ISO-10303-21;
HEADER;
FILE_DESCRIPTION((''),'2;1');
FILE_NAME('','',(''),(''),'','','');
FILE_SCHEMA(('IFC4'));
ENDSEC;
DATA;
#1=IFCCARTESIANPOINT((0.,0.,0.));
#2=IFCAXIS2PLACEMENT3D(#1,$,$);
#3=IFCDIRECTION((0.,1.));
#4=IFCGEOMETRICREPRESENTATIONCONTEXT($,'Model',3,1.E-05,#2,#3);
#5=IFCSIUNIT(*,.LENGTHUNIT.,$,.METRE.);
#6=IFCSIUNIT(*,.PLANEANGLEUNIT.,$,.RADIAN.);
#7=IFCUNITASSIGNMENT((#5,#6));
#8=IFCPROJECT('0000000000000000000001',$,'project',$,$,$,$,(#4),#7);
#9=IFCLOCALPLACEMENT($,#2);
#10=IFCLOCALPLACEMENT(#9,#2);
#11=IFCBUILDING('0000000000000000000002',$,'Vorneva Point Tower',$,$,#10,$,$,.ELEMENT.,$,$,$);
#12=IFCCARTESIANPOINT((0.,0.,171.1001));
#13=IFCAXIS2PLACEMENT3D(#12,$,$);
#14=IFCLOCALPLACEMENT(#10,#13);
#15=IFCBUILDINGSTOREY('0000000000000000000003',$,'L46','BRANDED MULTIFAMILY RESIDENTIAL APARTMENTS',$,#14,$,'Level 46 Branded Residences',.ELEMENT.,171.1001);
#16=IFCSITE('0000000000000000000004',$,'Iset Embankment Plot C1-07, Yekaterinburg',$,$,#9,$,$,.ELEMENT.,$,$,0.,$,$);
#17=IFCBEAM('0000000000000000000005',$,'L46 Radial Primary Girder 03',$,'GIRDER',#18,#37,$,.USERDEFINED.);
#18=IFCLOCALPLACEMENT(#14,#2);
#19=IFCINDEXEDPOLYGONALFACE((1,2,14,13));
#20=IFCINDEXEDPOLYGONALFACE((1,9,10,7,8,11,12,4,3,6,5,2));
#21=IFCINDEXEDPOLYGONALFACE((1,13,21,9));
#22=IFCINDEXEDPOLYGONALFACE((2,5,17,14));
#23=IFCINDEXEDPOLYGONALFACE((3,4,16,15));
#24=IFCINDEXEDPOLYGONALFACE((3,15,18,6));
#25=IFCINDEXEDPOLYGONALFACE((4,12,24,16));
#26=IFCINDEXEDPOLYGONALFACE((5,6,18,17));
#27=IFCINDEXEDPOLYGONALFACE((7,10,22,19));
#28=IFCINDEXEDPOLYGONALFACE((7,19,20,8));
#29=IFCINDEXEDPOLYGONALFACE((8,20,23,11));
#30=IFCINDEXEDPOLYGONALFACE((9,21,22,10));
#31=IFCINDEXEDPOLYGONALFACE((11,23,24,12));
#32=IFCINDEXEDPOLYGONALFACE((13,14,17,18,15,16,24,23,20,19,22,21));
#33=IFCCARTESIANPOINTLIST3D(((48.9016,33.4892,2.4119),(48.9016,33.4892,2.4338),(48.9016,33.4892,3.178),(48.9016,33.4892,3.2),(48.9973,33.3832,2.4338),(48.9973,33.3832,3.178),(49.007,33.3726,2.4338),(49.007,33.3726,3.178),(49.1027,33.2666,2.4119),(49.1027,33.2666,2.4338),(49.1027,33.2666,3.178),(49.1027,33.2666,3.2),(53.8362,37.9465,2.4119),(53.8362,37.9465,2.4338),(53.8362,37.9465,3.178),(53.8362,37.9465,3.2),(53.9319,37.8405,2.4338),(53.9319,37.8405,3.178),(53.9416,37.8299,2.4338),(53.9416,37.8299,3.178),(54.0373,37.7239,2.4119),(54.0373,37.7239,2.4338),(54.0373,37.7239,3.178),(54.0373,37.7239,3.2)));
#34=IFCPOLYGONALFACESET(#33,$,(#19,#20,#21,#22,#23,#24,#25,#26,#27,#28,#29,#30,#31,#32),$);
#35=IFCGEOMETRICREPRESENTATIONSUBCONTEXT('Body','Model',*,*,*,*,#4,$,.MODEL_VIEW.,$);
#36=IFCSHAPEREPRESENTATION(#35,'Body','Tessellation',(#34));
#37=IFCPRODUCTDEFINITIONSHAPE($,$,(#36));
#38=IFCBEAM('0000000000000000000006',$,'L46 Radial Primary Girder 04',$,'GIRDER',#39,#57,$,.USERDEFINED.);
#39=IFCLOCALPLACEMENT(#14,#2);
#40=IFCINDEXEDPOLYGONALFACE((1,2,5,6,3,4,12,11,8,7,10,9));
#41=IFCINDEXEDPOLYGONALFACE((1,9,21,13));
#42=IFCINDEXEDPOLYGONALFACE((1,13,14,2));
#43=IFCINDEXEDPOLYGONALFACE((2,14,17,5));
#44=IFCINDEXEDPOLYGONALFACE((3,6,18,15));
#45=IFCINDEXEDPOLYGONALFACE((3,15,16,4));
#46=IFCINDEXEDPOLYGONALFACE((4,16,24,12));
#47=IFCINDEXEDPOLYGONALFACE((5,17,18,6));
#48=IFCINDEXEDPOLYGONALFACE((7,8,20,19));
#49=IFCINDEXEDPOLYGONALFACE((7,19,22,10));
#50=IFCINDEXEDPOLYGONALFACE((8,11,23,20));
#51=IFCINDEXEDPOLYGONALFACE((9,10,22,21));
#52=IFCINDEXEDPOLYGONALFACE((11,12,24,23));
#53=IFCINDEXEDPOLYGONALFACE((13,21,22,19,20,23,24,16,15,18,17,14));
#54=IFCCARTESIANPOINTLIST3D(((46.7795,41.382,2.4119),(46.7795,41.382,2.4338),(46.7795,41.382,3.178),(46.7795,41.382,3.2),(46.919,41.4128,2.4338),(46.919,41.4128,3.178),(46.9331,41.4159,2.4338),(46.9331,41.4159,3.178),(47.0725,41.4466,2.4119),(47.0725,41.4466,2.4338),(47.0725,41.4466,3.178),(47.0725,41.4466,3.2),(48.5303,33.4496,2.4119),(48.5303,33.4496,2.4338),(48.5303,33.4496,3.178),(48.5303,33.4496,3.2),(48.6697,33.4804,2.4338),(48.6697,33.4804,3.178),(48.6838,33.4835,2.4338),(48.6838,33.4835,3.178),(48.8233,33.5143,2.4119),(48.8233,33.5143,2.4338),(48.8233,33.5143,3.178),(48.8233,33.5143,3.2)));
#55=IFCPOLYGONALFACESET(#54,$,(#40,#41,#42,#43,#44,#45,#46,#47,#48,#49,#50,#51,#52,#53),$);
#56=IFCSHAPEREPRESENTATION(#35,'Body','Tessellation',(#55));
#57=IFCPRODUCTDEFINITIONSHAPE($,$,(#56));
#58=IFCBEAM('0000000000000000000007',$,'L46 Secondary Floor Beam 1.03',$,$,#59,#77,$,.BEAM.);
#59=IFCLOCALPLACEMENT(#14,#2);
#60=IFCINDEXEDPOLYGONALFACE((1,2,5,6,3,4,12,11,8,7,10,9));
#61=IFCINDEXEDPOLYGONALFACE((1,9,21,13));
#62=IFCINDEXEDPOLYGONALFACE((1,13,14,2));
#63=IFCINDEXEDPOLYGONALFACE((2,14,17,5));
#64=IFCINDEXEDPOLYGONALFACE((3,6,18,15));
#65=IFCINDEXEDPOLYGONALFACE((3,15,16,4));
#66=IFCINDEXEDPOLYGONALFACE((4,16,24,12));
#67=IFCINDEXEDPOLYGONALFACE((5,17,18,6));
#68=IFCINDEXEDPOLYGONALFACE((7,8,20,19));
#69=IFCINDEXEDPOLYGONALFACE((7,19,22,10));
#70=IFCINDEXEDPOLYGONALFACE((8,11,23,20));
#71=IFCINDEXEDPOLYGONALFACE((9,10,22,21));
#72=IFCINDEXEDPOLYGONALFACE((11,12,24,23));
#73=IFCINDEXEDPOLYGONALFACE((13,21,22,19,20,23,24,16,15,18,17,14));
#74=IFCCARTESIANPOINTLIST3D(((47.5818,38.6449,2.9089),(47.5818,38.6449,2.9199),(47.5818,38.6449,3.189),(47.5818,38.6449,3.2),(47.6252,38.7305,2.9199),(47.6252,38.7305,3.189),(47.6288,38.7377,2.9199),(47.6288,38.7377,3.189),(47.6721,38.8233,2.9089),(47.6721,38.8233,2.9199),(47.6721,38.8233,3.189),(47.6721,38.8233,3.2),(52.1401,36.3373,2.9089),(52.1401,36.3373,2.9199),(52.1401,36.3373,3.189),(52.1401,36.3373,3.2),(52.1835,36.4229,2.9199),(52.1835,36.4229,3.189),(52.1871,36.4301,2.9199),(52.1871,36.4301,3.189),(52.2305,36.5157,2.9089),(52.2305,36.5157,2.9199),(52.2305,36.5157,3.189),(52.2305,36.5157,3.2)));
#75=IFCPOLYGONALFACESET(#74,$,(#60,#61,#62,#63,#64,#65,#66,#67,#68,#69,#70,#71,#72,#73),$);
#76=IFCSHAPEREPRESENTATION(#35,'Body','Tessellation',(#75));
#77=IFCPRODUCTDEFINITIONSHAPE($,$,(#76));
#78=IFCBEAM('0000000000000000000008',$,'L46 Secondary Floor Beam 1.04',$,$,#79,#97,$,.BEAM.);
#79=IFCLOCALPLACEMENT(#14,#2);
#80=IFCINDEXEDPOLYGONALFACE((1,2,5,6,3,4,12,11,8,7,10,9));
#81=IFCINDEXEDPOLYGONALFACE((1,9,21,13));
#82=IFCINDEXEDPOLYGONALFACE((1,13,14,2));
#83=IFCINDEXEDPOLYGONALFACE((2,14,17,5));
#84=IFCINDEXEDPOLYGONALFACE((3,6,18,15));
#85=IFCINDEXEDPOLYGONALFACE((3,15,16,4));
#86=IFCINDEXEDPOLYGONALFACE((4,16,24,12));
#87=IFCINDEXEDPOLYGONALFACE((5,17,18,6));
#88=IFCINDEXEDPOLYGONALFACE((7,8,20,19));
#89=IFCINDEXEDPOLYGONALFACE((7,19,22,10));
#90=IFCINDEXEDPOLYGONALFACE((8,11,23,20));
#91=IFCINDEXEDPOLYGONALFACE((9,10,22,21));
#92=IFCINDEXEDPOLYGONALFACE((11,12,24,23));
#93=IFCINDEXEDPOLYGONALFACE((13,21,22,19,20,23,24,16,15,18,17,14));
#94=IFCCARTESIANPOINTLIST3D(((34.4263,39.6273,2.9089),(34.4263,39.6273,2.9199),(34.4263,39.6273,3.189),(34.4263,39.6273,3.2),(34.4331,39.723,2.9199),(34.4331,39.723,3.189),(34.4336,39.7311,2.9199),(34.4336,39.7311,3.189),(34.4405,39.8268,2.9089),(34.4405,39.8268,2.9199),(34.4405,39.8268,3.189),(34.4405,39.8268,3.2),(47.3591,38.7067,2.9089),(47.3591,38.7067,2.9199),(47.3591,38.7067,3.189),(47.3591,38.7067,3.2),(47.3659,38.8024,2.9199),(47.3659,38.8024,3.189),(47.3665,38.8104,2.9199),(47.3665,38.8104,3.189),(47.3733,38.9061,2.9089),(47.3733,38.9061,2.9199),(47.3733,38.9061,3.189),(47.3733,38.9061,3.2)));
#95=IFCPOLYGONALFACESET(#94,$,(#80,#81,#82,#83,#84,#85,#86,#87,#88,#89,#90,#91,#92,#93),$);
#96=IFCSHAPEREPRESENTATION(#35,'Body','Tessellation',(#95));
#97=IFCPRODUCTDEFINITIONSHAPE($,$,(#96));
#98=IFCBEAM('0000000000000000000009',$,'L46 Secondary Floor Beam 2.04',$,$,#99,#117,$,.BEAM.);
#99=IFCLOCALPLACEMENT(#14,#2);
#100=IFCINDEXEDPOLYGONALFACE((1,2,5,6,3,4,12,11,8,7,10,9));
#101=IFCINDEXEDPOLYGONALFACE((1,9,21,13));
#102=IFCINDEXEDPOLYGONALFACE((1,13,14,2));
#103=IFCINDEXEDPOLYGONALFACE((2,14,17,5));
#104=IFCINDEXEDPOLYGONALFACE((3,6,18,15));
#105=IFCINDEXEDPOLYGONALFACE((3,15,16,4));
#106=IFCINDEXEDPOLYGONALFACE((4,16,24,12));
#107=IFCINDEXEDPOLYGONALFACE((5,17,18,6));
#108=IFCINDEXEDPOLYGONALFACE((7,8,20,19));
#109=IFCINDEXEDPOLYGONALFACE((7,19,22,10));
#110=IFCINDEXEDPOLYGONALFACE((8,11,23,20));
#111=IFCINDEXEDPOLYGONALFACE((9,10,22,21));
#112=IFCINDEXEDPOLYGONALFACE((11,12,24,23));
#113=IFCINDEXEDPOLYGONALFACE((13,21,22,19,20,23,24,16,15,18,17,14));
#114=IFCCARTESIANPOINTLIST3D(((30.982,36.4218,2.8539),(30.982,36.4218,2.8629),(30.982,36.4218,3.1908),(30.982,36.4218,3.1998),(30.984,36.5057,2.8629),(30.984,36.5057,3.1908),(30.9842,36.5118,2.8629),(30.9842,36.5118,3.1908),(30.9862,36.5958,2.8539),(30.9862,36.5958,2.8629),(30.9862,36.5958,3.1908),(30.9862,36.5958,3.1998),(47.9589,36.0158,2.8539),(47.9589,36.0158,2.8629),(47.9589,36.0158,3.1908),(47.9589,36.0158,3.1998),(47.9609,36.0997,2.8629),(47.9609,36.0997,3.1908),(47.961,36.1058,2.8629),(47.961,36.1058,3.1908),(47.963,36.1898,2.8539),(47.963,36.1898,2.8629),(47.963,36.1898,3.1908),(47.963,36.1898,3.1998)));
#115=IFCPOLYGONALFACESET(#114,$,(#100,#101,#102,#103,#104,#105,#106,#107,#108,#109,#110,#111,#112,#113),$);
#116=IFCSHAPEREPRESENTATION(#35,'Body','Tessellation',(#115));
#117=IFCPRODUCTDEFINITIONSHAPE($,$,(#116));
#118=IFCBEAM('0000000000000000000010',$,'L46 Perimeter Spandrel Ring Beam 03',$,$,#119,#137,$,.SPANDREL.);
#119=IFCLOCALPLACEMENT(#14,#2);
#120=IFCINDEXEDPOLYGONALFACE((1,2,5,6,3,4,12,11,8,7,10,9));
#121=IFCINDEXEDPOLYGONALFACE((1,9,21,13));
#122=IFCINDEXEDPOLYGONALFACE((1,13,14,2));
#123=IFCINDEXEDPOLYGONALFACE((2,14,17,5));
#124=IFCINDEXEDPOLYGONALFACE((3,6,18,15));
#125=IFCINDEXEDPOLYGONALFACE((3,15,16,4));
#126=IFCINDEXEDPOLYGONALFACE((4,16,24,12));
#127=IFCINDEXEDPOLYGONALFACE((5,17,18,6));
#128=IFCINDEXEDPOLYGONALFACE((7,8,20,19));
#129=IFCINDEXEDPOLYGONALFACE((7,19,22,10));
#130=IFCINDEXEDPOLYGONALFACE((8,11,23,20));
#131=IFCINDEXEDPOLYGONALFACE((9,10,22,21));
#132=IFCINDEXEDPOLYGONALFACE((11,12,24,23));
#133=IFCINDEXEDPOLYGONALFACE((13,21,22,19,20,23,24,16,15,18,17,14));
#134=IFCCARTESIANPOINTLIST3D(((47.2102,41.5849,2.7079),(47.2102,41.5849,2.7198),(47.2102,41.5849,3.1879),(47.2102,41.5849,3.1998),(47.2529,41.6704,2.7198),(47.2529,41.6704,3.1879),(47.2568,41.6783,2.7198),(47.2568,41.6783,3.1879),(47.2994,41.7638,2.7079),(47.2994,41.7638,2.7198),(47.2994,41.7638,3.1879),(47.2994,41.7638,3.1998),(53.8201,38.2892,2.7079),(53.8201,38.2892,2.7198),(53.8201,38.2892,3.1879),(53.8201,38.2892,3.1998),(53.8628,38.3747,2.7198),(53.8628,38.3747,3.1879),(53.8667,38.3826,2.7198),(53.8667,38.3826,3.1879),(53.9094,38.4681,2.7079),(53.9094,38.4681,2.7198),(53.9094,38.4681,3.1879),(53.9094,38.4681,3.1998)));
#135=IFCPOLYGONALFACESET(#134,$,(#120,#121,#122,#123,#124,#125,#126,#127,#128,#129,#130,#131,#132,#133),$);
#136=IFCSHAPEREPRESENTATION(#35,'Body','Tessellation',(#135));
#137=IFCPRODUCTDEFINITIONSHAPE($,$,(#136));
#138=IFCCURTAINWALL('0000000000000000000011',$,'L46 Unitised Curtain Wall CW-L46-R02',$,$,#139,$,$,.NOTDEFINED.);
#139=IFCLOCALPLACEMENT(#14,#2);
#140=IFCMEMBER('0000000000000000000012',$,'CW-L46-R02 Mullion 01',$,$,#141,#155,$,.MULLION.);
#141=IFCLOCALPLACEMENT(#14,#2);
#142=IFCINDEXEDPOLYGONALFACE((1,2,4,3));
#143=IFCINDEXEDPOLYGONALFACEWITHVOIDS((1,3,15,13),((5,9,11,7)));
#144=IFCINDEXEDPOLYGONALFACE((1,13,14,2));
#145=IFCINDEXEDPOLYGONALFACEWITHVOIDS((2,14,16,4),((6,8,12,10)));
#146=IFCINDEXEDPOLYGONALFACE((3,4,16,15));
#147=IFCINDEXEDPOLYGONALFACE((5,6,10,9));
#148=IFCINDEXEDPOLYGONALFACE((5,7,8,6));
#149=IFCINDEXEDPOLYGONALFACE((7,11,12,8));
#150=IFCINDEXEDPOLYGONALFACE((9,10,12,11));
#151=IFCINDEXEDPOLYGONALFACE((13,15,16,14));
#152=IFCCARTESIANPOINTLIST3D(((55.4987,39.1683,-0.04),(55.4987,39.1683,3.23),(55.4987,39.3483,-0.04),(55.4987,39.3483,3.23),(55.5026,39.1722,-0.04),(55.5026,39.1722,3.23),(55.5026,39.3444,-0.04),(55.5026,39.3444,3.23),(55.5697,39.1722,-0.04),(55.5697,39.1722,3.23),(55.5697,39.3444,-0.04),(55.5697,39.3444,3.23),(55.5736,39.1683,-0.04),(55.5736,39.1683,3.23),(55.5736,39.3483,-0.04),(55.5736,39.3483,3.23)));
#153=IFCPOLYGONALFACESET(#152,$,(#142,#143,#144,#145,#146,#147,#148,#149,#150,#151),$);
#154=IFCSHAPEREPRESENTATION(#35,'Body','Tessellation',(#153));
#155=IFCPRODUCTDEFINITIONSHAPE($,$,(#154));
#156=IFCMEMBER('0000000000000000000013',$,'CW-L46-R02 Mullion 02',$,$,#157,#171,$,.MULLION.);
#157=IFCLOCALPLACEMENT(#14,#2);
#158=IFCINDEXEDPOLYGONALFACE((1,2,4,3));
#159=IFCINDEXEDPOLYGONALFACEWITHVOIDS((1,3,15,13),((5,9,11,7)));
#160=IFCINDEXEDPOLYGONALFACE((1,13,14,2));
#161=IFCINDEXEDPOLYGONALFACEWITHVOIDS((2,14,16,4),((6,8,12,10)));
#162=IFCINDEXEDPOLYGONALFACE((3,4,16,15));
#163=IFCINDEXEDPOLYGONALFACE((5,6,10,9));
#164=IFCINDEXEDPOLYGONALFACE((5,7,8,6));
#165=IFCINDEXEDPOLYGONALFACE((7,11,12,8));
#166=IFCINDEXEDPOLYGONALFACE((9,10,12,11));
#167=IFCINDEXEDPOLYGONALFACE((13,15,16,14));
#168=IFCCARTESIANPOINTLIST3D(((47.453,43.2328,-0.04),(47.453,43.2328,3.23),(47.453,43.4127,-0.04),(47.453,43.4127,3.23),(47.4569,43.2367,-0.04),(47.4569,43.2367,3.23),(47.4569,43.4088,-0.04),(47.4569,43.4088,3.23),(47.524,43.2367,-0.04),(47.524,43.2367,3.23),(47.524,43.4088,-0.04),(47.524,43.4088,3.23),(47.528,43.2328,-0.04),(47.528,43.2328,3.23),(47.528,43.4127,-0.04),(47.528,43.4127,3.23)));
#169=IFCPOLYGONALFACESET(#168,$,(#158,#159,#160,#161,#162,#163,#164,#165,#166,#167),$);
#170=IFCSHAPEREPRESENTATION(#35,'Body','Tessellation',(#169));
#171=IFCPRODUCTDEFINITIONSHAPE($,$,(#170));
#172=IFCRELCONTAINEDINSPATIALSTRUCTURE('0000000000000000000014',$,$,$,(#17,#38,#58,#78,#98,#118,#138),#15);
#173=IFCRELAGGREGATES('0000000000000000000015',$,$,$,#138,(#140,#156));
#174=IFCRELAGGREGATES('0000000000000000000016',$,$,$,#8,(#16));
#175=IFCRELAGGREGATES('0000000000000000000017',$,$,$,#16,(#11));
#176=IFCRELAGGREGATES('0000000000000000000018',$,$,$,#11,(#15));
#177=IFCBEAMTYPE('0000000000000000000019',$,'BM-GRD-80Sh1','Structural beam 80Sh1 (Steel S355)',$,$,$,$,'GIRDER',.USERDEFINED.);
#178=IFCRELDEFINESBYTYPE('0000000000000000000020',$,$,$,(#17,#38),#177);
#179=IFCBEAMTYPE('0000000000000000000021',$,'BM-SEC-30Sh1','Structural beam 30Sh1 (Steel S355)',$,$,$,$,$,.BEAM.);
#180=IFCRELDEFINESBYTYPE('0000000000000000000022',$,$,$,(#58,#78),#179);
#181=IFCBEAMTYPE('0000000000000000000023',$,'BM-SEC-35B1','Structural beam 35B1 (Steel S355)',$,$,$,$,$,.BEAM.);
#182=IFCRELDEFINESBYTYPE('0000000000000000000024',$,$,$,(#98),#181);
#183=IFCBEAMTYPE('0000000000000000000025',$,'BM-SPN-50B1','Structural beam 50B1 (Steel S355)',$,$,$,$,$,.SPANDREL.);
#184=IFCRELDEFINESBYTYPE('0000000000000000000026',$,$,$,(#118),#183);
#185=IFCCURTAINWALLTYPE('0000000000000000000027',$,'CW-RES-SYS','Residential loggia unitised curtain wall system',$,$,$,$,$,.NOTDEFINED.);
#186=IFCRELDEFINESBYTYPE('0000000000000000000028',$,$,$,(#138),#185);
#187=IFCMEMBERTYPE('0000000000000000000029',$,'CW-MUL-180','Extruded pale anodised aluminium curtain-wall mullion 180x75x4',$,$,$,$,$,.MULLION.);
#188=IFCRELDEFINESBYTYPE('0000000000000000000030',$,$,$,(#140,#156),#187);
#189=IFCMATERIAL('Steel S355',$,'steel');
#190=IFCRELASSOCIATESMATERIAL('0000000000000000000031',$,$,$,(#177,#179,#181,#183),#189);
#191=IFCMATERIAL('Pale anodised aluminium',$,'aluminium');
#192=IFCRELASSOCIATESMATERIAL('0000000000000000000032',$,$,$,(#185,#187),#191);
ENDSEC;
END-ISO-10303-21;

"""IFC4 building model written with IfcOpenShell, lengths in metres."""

from ifc_helpers import new_model, si_unit, direction, frame, origin, origin_2d, place, context, subcontext, project, spatial, hollow_rectangle, i_section, extrude, material, material_profile, profile_set, type_object, element, aggregate, save


model = new_model("IFC4")

# Units and contexts
model_context = context("Model", 3, precision=1e-05, world=origin(), true_north=direction((0.0, 1.0)))
body_context = subcontext(model_context, "Body", "Model", "MODEL_VIEW")
ifc_project = project(units=[si_unit("LENGTHUNIT", "METRE"), si_unit("PLANEANGLEUNIT", "RADIAN")], contexts=[model_context])

# Site, building, storey
site_placement = place(None, origin())
site = spatial("IfcSite", under=ifc_project, at=site_placement, Name="Iset Embankment Plot C1-07, Yekaterinburg", CompositionType="ELEMENT", RefElevation=0.0)
building_placement = place(site_placement, origin())
building = spatial("IfcBuilding", under=site, at=building_placement, Name="Vorneva Point Tower", CompositionType="ELEMENT")
storey_placement = place(building_placement, frame((0.0, 0.0, 171.1001)))
storey = spatial("IfcBuildingStorey", under=building, at=storey_placement, Name="L46", Description="BRANDED MULTIFAMILY RESIDENTIAL APARTMENTS", LongName="Level 46 Branded Residences", CompositionType="ELEMENT", Elevation=171.1001)

# Beams
ifc_material_1 = material(Name="Steel S355", Category="steel")
ifc_material_profile_1 = material_profile(ifc_material_1, i_section(OverallWidth=0.3, OverallDepth=0.7881, WebThickness=0.0144, FlangeThickness=0.022, at=origin_2d()), Name="80Sh1")
ifc_profile_set_1 = profile_set([ifc_material_profile_1], Name="Steel S355")
beam_type_1 = type_object("IfcBeamType", Name="BM-GRD-80Sh1", Description="Structural beam 80Sh1 (Steel S355)", ElementType="GIRDER", PredefinedType="USERDEFINED", material=ifc_profile_set_1)
beam_1_placement = place(storey_placement, frame((53.9368, 37.8352, 2.8059), z_axis=(-0.742084, -0.670306, 0.0), x_axis=(0.670306, -0.742084, 0.0)))
element("IfcBeam", 1, at=beam_1_placement, inside=storey, type_object=beam_type_1, Name="L46 Radial Primary Girder 03", ObjectType="GIRDER", PredefinedType="USERDEFINED", context=body_context, shape_type="SweptSolid", body=[
    extrude(i_section(OverallWidth=0.3, OverallDepth=0.7881, WebThickness=0.0144, FlangeThickness=0.022, at=origin_2d()), origin(), (0.0, 0.0, 1.0), 6.6497),
])
beam_2_placement = place(storey_placement, frame((46.926, 41.4143, 2.8059), z_axis=(0.215521, -0.976499, 0.0), x_axis=(0.976499, 0.215521, 0.0)))
element("IfcBeam", 2, at=beam_2_placement, inside=storey, type_object=beam_type_1, Name="L46 Radial Primary Girder 04", ObjectType="GIRDER", PredefinedType="USERDEFINED", context=body_context, shape_type="SweptSolid", body=[
    extrude(i_section(OverallWidth=0.3, OverallDepth=0.7881, WebThickness=0.0144, FlangeThickness=0.022, at=origin_2d()), origin(), (0.0, 0.0, 1.0), 8.1233),
])
ifc_material_profile_2 = material_profile(ifc_material_1, i_section(OverallWidth=0.2, OverallDepth=0.291, WebThickness=0.0081, FlangeThickness=0.011, at=origin_2d()), Name="30Sh1")
ifc_profile_set_2 = profile_set([ifc_material_profile_2], Name="Steel S355")
beam_type_2 = type_object("IfcBeamType", Name="BM-SEC-30Sh1", Description="Structural beam 30Sh1 (Steel S355)", PredefinedType="BEAM", material=ifc_profile_set_2)
beam_3_placement = place(storey_placement, frame((52.1853, 36.4265, 3.0544), z_axis=(-0.892189, 0.451662, 0.0), x_axis=(-0.451662, -0.892189, 0.0)))
element("IfcBeam", 3, at=beam_3_placement, inside=storey, type_object=beam_type_2, Name="L46 Secondary Floor Beam 1.03", PredefinedType="BEAM", context=body_context, shape_type="SweptSolid", body=[
    extrude(i_section(OverallWidth=0.2, OverallDepth=0.291, WebThickness=0.0081, FlangeThickness=0.011, at=origin_2d()), origin(), (0.0, 0.0, 1.0), 5.1091),
])
beam_4_placement = place(storey_placement, frame((47.3662, 38.8064, 3.0544), z_axis=(-0.997476, 0.071008, 0.0), x_axis=(-0.071008, -0.997476, 0.0)))
element("IfcBeam", 4, at=beam_4_placement, inside=storey, type_object=beam_type_2, Name="L46 Secondary Floor Beam 1.04", PredefinedType="BEAM", context=body_context, shape_type="SweptSolid", body=[
    extrude(i_section(OverallWidth=0.2, OverallDepth=0.291, WebThickness=0.0081, FlangeThickness=0.011, at=origin_2d()), origin(), (0.0, 0.0, 1.0), 12.9656),
])
ifc_material_profile_3 = material_profile(ifc_material_1, i_section(OverallWidth=0.1741, OverallDepth=0.3459, WebThickness=0.0061, FlangeThickness=0.009, at=origin_2d()), Name="35B1")
ifc_profile_set_3 = profile_set([ifc_material_profile_3], Name="Steel S355")
beam_type_3 = type_object("IfcBeamType", Name="BM-SEC-35B1", Description="Structural beam 35B1 (Steel S355)", PredefinedType="BEAM", material=ifc_profile_set_3)
beam_5_placement = place(storey_placement, frame((47.9609, 36.1028, 3.0269), z_axis=(-0.999714, 0.023908, 0.0), x_axis=(-0.023908, -0.999714, 0.0)))
element("IfcBeam", 5, at=beam_5_placement, inside=storey, type_object=beam_type_3, Name="L46 Secondary Floor Beam 2.04", PredefinedType="BEAM", context=body_context, shape_type="SweptSolid", body=[
    extrude(i_section(OverallWidth=0.1741, OverallDepth=0.3459, WebThickness=0.0061, FlangeThickness=0.009, at=origin_2d()), origin(), (0.0, 0.0, 1.0), 16.9817),
])
ifc_material_profile_4 = material_profile(ifc_material_1, i_section(OverallWidth=0.2, OverallDepth=0.4919, WebThickness=0.0088, FlangeThickness=0.012, at=origin_2d()), Name="50B1")
ifc_profile_set_4 = profile_set([ifc_material_profile_4], Name="Steel S355")
beam_type_4 = type_object("IfcBeamType", Name="BM-SPN-50B1", Description="Structural beam 50B1 (Steel S355)", PredefinedType="SPANDREL", material=ifc_profile_set_4)
beam_6_placement = place(storey_placement, frame((53.8647, 38.3787, 2.9539), z_axis=(-0.894929, 0.446208, 0.0), x_axis=(-0.446208, -0.894929, 0.0)))
element("IfcBeam", 6, at=beam_6_placement, inside=storey, type_object=beam_type_4, Name="L46 Perimeter Spandrel Ring Beam 03", PredefinedType="SPANDREL", context=body_context, shape_type="SweptSolid", body=[
    extrude(i_section(OverallWidth=0.2, OverallDepth=0.4919, WebThickness=0.0088, FlangeThickness=0.012, at=origin_2d()), origin(), (0.0, 0.0, 1.0), 7.386),
])

# Curtain wall, members
ifc_material_2 = material(Name="Pale anodised aluminium", Category="aluminium")
curtain_wall_type = type_object("IfcCurtainWallType", Name="CW-RES-SYS", Description="Residential loggia unitised curtain wall system", PredefinedType="NOTDEFINED", material=ifc_material_2)
curtain_wall_placement = place(storey_placement, origin())
curtain_wall = element("IfcCurtainWall", 7, at=curtain_wall_placement, inside=storey, type_object=curtain_wall_type, Name="L46 Unitised Curtain Wall CW-L46-R02", PredefinedType="NOTDEFINED")
ifc_material_profile_5 = material_profile(ifc_material_2, hollow_rectangle(XDim=0.075, YDim=0.1799, WallThickness=0.0039, at=origin_2d()), Name="AL-MUL 180x75x4")
ifc_profile_set_5 = profile_set([ifc_material_profile_5], Name="Pale anodised aluminium")
member_type_1 = type_object("IfcMemberType", Name="CW-MUL-180", Description="Extruded pale anodised aluminium curtain-wall mullion 180x75x4", PredefinedType="MULLION", material=ifc_profile_set_5)
member_1_placement = place(storey_placement, frame((55.5361, 39.2583, -0.04), z_axis=(0.0, 0.0, 1.0), x_axis=(1.0, 0.0, 0.0)))
member_1 = element("IfcMember", 8, at=member_1_placement, type_object=member_type_1, Name="CW-L46-R02 Mullion 01", PredefinedType="MULLION", context=body_context, shape_type="SweptSolid", body=[
    extrude(hollow_rectangle(XDim=0.075, YDim=0.1799, WallThickness=0.0039, at=origin_2d()), origin(), (0.0, 0.0, 1.0), 3.27),
])
member_2_placement = place(storey_placement, frame((47.4905, 43.3228, -0.04), z_axis=(0.0, 0.0, 1.0), x_axis=(1.0, 0.0, 0.0)))
member_2 = element("IfcMember", 9, at=member_2_placement, type_object=member_type_1, Name="CW-L46-R02 Mullion 02", PredefinedType="MULLION", context=body_context, shape_type="SweptSolid", body=[
    extrude(hollow_rectangle(XDim=0.075, YDim=0.1799, WallThickness=0.0039, at=origin_2d()), origin(), (0.0, 0.0, 1.0), 3.27),
])
aggregate(curtain_wall, [member_1, member_2])

save(model, "model.ifc")
